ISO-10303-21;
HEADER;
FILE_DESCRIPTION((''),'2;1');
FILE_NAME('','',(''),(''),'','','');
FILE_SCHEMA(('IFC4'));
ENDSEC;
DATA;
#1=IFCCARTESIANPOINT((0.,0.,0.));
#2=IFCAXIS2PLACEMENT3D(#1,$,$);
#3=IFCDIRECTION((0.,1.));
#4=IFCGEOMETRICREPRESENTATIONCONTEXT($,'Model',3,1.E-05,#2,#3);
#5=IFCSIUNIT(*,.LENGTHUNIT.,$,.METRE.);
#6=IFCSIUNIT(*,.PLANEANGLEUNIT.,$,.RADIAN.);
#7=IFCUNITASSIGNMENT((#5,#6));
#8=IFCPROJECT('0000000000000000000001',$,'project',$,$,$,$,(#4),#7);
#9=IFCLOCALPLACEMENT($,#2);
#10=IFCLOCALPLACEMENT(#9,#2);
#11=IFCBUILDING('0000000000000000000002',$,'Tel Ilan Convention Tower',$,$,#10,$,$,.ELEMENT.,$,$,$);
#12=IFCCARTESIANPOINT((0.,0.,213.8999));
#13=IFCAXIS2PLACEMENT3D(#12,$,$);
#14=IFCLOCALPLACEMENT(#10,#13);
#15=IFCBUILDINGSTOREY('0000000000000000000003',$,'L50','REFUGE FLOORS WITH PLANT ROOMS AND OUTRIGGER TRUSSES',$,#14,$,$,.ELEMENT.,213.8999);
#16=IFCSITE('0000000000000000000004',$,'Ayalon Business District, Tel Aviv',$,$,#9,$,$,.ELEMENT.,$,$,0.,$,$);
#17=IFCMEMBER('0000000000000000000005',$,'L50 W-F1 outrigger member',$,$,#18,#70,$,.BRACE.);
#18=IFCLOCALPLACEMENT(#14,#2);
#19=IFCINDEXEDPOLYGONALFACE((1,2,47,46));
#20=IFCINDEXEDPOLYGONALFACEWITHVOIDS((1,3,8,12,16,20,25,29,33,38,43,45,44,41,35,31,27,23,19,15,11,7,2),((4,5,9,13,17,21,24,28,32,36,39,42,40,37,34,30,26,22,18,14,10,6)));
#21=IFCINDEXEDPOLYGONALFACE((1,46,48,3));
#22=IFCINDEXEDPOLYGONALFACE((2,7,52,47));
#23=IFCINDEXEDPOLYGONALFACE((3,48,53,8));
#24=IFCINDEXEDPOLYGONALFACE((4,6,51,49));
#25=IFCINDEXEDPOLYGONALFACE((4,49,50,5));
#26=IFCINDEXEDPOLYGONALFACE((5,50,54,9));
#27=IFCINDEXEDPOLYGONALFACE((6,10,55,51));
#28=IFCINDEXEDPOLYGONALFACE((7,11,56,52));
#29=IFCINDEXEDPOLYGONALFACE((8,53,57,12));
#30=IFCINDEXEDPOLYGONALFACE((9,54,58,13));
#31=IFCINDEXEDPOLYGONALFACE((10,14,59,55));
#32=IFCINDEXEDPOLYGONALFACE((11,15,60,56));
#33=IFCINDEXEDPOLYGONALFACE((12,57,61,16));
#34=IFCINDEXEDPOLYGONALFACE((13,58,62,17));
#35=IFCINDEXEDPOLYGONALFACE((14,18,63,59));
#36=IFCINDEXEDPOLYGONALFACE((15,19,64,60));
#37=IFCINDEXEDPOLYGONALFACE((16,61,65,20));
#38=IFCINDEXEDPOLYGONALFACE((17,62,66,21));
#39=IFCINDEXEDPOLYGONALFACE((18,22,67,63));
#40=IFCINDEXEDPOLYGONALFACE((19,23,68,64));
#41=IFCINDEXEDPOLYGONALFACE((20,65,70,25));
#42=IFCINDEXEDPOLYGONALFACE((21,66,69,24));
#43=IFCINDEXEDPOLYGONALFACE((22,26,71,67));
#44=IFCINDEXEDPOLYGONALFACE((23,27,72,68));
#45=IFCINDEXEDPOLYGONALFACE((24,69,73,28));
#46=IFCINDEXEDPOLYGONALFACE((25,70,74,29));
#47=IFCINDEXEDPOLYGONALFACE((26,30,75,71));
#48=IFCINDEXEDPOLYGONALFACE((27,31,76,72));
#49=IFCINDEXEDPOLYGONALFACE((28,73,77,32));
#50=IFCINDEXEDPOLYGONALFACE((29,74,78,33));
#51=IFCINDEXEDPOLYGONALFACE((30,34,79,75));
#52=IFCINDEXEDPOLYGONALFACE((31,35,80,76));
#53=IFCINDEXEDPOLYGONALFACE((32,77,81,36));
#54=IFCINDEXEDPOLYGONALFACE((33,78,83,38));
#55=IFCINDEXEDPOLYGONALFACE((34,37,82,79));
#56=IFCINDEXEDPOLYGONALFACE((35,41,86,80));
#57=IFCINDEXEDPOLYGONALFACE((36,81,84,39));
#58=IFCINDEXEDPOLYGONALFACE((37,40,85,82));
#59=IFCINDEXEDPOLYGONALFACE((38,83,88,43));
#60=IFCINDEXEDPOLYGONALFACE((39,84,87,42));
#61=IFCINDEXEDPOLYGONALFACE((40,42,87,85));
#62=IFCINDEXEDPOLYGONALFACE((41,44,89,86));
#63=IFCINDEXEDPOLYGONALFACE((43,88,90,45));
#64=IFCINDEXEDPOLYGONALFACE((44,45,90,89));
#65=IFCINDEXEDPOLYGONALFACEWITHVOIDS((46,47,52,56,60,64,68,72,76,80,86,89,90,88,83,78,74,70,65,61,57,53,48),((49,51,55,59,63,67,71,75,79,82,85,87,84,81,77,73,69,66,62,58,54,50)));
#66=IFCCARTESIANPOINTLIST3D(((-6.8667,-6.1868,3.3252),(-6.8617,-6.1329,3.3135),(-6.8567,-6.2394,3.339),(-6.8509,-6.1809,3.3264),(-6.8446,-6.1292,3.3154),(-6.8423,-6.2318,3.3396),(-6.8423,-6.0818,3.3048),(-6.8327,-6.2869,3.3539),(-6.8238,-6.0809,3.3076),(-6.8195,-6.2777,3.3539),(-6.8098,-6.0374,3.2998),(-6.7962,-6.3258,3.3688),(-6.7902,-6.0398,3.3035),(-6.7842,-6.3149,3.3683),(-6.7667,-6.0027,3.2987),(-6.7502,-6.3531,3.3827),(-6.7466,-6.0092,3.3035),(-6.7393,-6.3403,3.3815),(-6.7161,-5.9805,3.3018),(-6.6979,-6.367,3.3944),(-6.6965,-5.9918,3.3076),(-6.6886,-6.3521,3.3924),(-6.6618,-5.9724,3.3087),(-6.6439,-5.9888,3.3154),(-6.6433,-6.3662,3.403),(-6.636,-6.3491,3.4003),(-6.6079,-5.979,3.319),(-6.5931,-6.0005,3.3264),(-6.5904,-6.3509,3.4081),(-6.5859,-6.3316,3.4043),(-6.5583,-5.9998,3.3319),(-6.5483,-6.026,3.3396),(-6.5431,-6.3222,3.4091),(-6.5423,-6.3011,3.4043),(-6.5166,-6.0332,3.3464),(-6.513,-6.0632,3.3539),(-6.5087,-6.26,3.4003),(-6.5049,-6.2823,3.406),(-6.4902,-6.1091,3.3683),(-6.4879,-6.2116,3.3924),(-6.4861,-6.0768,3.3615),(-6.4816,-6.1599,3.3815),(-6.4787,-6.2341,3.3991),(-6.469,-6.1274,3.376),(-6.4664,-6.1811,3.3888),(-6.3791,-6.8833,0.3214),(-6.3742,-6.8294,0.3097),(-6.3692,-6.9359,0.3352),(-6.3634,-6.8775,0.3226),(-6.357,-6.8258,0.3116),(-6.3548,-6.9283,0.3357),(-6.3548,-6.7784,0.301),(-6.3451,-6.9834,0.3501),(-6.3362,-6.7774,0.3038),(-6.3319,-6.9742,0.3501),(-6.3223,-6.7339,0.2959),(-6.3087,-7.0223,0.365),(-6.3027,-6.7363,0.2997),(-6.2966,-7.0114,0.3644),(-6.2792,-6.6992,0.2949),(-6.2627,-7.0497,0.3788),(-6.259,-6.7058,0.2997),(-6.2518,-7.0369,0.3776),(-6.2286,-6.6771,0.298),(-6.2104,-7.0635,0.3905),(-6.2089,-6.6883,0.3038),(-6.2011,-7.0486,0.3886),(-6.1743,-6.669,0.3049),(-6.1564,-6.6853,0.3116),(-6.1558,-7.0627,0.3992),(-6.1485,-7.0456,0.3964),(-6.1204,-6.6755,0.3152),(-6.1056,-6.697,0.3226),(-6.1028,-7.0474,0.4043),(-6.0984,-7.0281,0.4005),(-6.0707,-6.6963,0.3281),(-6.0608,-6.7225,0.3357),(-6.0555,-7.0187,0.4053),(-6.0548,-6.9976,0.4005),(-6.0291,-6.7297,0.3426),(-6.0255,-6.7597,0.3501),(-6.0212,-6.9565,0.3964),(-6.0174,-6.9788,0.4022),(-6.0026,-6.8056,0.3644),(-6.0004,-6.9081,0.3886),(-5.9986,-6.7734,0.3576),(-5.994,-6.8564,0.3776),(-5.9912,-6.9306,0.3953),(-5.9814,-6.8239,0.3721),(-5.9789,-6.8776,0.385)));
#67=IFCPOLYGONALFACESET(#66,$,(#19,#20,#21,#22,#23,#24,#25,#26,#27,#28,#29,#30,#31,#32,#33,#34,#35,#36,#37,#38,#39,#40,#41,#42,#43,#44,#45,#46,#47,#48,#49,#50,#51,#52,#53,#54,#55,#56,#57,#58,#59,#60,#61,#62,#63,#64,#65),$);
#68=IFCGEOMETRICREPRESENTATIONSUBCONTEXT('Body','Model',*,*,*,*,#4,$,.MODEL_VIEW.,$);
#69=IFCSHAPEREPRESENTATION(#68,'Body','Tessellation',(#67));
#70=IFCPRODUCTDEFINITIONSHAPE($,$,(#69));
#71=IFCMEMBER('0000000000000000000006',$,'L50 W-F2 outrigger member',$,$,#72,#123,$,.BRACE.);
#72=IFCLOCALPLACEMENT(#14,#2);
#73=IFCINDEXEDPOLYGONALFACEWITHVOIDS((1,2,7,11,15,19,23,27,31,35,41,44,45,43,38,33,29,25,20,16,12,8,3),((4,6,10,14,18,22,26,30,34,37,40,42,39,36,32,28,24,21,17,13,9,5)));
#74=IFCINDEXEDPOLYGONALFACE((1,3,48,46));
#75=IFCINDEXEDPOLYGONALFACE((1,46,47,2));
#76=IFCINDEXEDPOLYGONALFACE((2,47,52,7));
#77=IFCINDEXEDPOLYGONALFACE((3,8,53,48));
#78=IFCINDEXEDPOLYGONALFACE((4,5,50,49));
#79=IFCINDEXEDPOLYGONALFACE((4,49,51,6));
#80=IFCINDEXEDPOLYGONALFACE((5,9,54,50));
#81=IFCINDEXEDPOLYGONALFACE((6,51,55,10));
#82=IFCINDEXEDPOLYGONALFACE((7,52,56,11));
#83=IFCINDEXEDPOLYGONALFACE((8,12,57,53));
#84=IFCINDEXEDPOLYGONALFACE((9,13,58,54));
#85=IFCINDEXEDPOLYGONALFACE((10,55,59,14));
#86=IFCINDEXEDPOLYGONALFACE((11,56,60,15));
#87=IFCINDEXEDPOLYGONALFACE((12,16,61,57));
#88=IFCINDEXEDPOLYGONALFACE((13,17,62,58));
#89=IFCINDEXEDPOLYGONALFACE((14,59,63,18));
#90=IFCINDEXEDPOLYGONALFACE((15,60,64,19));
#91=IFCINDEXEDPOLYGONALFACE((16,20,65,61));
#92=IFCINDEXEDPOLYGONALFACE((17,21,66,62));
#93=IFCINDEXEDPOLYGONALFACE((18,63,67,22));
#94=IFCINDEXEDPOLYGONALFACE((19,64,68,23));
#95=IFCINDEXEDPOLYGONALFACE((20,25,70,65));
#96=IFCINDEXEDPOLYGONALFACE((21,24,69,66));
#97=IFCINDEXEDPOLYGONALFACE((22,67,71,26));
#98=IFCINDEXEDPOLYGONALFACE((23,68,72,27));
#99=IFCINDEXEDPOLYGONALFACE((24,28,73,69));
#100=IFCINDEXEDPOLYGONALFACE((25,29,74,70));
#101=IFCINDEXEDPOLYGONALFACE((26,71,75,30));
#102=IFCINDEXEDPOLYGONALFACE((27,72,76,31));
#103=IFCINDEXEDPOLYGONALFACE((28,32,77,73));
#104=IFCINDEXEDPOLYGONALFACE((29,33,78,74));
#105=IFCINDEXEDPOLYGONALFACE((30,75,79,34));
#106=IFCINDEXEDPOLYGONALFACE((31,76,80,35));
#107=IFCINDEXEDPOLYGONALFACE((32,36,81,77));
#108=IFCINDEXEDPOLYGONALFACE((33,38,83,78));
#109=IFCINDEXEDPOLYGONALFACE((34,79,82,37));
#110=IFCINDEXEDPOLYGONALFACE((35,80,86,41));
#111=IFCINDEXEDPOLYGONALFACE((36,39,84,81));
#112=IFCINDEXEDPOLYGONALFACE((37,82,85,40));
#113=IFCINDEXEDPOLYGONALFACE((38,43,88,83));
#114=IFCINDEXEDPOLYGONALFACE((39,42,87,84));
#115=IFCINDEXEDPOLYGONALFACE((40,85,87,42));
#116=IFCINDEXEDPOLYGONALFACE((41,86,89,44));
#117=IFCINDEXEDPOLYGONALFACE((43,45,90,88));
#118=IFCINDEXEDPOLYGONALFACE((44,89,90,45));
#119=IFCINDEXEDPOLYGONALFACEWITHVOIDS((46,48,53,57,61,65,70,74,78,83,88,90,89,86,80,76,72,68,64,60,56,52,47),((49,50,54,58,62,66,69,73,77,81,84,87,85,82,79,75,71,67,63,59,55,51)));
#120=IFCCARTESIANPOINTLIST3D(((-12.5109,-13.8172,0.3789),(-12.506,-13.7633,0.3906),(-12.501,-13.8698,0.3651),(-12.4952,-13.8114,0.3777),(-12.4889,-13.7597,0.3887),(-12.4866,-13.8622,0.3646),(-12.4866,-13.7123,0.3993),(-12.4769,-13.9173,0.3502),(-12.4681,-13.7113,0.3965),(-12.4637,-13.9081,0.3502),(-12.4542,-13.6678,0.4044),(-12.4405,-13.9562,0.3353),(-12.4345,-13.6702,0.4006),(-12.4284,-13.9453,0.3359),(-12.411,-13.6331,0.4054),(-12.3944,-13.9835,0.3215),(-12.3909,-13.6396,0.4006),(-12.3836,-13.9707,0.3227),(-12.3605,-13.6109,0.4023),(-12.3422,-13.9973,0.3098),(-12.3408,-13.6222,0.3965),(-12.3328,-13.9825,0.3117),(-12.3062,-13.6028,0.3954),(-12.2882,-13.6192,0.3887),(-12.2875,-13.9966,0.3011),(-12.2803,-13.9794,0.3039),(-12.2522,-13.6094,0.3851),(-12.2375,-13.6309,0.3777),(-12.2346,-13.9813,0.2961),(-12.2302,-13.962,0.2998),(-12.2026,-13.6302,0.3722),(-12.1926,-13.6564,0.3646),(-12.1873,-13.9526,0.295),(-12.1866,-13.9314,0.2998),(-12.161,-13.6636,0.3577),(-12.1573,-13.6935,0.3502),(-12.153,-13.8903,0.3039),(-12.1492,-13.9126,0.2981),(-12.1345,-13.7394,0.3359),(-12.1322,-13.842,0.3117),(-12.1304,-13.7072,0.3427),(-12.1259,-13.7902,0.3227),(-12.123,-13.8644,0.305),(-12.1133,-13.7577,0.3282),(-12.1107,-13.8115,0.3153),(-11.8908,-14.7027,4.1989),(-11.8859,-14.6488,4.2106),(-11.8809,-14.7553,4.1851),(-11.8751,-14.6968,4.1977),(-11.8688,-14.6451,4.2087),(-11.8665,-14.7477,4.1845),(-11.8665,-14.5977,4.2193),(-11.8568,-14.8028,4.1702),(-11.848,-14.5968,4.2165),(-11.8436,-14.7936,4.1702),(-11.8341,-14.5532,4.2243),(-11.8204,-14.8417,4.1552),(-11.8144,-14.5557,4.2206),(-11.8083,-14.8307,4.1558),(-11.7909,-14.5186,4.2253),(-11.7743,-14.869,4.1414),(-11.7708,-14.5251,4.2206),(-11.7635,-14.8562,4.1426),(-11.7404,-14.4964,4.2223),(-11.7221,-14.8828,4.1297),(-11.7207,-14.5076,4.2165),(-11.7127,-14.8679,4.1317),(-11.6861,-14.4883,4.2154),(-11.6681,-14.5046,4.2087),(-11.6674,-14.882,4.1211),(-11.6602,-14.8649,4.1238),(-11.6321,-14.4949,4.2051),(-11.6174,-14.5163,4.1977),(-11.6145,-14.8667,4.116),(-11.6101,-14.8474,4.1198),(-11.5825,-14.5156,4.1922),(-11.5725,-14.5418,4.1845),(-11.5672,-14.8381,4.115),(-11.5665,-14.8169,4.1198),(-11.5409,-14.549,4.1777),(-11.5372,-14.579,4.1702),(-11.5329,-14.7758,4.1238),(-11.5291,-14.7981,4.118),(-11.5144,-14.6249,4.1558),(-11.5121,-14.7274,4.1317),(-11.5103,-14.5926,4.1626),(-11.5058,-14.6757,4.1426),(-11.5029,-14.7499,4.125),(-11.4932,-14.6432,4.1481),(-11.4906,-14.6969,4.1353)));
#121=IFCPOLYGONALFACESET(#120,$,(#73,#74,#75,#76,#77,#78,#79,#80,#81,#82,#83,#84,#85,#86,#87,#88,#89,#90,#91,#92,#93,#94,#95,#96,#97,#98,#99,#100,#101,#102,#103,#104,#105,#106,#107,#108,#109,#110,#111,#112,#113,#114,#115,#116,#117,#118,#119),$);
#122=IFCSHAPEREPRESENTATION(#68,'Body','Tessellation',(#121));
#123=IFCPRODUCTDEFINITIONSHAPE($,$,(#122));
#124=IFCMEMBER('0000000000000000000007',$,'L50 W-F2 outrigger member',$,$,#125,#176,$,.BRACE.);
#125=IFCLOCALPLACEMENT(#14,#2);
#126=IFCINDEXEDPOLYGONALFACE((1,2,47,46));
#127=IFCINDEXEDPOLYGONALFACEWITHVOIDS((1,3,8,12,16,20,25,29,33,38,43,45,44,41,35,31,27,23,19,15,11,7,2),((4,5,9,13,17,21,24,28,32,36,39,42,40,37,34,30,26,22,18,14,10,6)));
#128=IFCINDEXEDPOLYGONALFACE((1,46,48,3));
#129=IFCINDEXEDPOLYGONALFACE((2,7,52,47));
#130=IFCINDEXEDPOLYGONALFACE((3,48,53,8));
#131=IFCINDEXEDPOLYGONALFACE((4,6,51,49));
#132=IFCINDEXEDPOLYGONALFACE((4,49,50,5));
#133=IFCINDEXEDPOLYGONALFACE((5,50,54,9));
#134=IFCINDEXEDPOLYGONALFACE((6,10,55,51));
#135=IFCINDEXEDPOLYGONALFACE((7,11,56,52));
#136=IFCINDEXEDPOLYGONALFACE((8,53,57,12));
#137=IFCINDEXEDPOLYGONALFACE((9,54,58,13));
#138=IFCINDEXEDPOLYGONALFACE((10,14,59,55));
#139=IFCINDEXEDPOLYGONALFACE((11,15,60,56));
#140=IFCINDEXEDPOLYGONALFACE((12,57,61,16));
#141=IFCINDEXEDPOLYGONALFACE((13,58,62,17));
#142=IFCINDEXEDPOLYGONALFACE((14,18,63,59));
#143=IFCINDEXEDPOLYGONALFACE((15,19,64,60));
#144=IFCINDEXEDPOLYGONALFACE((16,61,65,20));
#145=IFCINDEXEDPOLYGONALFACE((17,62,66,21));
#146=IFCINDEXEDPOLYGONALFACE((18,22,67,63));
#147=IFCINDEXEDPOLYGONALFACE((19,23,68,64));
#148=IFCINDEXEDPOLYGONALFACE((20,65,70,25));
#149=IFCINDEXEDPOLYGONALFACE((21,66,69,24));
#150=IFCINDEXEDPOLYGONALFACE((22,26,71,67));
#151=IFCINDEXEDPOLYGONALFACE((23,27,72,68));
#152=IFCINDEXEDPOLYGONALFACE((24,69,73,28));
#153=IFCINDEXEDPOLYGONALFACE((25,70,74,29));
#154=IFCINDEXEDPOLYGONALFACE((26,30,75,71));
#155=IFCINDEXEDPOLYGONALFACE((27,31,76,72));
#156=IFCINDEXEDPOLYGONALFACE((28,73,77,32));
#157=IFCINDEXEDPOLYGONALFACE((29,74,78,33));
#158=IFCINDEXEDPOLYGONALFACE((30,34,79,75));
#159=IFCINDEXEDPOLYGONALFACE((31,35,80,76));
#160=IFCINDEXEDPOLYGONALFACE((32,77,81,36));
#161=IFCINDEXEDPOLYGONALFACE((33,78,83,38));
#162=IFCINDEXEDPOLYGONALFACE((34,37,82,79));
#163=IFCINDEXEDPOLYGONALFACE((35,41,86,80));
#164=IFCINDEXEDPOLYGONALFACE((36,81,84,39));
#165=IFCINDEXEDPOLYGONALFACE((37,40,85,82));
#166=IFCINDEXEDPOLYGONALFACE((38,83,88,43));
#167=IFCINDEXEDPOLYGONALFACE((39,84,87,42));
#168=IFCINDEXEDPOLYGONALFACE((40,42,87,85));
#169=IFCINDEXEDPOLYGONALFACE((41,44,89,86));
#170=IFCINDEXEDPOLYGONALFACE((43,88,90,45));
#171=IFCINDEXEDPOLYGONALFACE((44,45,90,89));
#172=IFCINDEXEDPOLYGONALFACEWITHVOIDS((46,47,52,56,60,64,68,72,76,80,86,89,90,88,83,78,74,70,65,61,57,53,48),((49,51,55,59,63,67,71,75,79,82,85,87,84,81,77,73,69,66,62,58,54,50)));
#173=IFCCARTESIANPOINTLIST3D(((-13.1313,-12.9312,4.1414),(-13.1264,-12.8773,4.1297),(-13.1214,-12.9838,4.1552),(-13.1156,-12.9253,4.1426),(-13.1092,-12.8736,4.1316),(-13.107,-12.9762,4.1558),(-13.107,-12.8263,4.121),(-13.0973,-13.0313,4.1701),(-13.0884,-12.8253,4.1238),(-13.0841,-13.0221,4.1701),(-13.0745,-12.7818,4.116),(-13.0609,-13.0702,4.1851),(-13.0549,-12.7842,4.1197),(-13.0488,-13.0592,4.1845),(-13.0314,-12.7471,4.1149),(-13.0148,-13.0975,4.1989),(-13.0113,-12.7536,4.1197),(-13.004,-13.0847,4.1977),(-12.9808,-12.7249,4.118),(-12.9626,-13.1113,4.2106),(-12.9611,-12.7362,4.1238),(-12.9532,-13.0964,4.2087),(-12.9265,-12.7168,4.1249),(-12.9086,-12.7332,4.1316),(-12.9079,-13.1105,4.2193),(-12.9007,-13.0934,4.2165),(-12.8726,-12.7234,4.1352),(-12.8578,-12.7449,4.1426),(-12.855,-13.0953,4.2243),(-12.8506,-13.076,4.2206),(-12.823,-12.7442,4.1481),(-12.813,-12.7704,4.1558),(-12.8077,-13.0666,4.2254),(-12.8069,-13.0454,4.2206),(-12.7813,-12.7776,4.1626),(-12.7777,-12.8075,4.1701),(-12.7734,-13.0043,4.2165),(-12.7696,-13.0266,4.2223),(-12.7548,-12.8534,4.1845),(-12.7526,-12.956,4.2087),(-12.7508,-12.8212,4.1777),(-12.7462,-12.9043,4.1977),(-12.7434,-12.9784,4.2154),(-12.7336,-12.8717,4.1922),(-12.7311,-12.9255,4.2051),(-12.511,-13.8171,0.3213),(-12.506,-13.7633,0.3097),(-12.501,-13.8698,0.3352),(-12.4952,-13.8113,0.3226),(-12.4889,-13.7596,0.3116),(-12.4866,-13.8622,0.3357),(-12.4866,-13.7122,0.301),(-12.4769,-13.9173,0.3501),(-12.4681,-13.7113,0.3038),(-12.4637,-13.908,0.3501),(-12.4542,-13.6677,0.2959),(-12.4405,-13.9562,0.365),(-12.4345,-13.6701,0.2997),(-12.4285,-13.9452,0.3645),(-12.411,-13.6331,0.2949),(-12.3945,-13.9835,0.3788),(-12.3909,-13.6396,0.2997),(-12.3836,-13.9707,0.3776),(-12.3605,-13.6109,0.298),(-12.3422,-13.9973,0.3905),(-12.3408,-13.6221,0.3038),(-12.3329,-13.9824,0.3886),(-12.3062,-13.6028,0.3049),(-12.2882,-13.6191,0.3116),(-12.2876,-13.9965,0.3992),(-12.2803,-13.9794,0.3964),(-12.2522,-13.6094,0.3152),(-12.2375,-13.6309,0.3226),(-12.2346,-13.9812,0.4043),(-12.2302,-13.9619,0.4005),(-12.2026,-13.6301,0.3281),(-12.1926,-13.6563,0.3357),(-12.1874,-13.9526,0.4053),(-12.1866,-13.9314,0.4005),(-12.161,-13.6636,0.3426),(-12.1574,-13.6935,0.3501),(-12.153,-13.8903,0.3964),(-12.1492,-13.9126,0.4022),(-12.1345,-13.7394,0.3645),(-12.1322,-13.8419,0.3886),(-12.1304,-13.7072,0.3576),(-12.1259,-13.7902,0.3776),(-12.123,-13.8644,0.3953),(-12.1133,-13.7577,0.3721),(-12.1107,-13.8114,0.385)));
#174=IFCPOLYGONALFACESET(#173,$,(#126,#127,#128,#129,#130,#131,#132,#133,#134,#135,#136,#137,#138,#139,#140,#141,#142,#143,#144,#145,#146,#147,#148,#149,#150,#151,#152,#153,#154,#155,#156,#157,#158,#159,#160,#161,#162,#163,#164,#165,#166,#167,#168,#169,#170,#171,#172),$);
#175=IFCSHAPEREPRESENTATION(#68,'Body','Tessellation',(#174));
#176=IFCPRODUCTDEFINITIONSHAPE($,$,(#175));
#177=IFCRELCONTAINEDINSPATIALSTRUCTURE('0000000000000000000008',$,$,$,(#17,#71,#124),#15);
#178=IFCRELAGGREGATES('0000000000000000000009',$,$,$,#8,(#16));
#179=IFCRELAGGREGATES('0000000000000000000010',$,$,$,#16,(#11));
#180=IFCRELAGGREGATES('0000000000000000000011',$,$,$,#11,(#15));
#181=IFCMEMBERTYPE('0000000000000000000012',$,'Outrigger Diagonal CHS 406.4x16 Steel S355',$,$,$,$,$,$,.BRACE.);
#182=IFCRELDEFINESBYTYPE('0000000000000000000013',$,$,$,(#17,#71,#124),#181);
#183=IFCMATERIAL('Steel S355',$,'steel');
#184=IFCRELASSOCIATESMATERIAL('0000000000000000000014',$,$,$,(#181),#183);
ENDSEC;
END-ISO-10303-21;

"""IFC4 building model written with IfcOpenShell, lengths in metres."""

from ifc_helpers import new_model, si_unit, direction, frame, origin, origin_2d, place, context, subcontext, project, spatial, hollow_circle, extrude, material, material_profile, profile_set, type_object, element, save


model = new_model("IFC4")

# Units and contexts
model_context = context("Model", 3, precision=1e-05, world=origin(), true_north=direction((0.0, 1.0)))
body_context = subcontext(model_context, "Body", "Model", "MODEL_VIEW")
ifc_project = project(units=[si_unit("LENGTHUNIT", "METRE"), si_unit("PLANEANGLEUNIT", "RADIAN")], contexts=[model_context])

# Site, building, storey
site_placement = place(None, origin())
site = spatial("IfcSite", under=ifc_project, at=site_placement, Name="Ayalon Business District, Tel Aviv", CompositionType="ELEMENT", RefElevation=0.0)
building_placement = place(site_placement, origin())
building = spatial("IfcBuilding", under=site, at=building_placement, Name="Tel Ilan Convention Tower", CompositionType="ELEMENT")
storey_placement = place(building_placement, frame((0.0, 0.0, 213.8999)))
storey = spatial("IfcBuildingStorey", under=building, at=storey_placement, Name="L50", Description="REFUGE FLOORS WITH PLANT ROOMS AND OUTRIGGER TRUSSES", CompositionType="ELEMENT", Elevation=213.8999)

# Members
ifc_material_1 = material(Name="Steel S355", Category="steel")
ifc_material_profile_1 = material_profile(ifc_material_1, hollow_circle(Radius=0.2031, WallThickness=0.0161, at=origin_2d()), Name="CHS 406.4x16")
ifc_profile_set_1 = profile_set([ifc_material_profile_1], Name="Steel S355")
member_type_1 = type_object("IfcMemberType", Name="Outrigger Diagonal CHS 406.4x16 Steel S355", PredefinedType="BRACE", material=ifc_profile_set_1)
member_1_placement = place(storey_placement, frame((-6.1787, -6.8669, 0.3501), z_axis=(-0.15617, 0.223111, 0.962202), x_axis=(-0.819245, -0.573443, 0.0)))
element("IfcMember", 1, at=member_1_placement, inside=storey, type_object=member_type_1, Name="L50 W-F1 outrigger member", PredefinedType="BRACE", context=body_context, shape_type="SweptSolid", body=[
    extrude(hollow_circle(Radius=0.2031, WallThickness=0.0161, at=origin_2d()), origin(), (0.0, 0.0, 1.0), 3.1218),
])
member_2_placement = place(storey_placement, frame((-11.6904, -14.6863, 4.1702), z_axis=(-0.156197, 0.223043, -0.962213), x_axis=(-0.819115, -0.573629, 0.0)))
element("IfcMember", 2, at=member_2_placement, inside=storey, type_object=member_type_1, Name="L50 W-F2 outrigger member", PredefinedType="BRACE", context=body_context, shape_type="SweptSolid", body=[
    extrude(hollow_circle(Radius=0.2031, WallThickness=0.0161, at=origin_2d()), origin(), (0.0, 0.0, 1.0), 3.97),
])
member_3_placement = place(storey_placement, frame((-12.3105, -13.8008, 0.3501), z_axis=(-0.156253, 0.223157, 0.962178), x_axis=(-0.819158, -0.573568, 0.0)))
element("IfcMember", 3, at=member_3_placement, inside=storey, type_object=member_type_1, Name="L50 W-F2 outrigger member", PredefinedType="BRACE", context=body_context, shape_type="SweptSolid", body=[
    extrude(hollow_circle(Radius=0.2031, WallThickness=0.0161, at=origin_2d()), origin(), (0.0, 0.0, 1.0), 3.9702),
])

save(model, "model.ifc")
